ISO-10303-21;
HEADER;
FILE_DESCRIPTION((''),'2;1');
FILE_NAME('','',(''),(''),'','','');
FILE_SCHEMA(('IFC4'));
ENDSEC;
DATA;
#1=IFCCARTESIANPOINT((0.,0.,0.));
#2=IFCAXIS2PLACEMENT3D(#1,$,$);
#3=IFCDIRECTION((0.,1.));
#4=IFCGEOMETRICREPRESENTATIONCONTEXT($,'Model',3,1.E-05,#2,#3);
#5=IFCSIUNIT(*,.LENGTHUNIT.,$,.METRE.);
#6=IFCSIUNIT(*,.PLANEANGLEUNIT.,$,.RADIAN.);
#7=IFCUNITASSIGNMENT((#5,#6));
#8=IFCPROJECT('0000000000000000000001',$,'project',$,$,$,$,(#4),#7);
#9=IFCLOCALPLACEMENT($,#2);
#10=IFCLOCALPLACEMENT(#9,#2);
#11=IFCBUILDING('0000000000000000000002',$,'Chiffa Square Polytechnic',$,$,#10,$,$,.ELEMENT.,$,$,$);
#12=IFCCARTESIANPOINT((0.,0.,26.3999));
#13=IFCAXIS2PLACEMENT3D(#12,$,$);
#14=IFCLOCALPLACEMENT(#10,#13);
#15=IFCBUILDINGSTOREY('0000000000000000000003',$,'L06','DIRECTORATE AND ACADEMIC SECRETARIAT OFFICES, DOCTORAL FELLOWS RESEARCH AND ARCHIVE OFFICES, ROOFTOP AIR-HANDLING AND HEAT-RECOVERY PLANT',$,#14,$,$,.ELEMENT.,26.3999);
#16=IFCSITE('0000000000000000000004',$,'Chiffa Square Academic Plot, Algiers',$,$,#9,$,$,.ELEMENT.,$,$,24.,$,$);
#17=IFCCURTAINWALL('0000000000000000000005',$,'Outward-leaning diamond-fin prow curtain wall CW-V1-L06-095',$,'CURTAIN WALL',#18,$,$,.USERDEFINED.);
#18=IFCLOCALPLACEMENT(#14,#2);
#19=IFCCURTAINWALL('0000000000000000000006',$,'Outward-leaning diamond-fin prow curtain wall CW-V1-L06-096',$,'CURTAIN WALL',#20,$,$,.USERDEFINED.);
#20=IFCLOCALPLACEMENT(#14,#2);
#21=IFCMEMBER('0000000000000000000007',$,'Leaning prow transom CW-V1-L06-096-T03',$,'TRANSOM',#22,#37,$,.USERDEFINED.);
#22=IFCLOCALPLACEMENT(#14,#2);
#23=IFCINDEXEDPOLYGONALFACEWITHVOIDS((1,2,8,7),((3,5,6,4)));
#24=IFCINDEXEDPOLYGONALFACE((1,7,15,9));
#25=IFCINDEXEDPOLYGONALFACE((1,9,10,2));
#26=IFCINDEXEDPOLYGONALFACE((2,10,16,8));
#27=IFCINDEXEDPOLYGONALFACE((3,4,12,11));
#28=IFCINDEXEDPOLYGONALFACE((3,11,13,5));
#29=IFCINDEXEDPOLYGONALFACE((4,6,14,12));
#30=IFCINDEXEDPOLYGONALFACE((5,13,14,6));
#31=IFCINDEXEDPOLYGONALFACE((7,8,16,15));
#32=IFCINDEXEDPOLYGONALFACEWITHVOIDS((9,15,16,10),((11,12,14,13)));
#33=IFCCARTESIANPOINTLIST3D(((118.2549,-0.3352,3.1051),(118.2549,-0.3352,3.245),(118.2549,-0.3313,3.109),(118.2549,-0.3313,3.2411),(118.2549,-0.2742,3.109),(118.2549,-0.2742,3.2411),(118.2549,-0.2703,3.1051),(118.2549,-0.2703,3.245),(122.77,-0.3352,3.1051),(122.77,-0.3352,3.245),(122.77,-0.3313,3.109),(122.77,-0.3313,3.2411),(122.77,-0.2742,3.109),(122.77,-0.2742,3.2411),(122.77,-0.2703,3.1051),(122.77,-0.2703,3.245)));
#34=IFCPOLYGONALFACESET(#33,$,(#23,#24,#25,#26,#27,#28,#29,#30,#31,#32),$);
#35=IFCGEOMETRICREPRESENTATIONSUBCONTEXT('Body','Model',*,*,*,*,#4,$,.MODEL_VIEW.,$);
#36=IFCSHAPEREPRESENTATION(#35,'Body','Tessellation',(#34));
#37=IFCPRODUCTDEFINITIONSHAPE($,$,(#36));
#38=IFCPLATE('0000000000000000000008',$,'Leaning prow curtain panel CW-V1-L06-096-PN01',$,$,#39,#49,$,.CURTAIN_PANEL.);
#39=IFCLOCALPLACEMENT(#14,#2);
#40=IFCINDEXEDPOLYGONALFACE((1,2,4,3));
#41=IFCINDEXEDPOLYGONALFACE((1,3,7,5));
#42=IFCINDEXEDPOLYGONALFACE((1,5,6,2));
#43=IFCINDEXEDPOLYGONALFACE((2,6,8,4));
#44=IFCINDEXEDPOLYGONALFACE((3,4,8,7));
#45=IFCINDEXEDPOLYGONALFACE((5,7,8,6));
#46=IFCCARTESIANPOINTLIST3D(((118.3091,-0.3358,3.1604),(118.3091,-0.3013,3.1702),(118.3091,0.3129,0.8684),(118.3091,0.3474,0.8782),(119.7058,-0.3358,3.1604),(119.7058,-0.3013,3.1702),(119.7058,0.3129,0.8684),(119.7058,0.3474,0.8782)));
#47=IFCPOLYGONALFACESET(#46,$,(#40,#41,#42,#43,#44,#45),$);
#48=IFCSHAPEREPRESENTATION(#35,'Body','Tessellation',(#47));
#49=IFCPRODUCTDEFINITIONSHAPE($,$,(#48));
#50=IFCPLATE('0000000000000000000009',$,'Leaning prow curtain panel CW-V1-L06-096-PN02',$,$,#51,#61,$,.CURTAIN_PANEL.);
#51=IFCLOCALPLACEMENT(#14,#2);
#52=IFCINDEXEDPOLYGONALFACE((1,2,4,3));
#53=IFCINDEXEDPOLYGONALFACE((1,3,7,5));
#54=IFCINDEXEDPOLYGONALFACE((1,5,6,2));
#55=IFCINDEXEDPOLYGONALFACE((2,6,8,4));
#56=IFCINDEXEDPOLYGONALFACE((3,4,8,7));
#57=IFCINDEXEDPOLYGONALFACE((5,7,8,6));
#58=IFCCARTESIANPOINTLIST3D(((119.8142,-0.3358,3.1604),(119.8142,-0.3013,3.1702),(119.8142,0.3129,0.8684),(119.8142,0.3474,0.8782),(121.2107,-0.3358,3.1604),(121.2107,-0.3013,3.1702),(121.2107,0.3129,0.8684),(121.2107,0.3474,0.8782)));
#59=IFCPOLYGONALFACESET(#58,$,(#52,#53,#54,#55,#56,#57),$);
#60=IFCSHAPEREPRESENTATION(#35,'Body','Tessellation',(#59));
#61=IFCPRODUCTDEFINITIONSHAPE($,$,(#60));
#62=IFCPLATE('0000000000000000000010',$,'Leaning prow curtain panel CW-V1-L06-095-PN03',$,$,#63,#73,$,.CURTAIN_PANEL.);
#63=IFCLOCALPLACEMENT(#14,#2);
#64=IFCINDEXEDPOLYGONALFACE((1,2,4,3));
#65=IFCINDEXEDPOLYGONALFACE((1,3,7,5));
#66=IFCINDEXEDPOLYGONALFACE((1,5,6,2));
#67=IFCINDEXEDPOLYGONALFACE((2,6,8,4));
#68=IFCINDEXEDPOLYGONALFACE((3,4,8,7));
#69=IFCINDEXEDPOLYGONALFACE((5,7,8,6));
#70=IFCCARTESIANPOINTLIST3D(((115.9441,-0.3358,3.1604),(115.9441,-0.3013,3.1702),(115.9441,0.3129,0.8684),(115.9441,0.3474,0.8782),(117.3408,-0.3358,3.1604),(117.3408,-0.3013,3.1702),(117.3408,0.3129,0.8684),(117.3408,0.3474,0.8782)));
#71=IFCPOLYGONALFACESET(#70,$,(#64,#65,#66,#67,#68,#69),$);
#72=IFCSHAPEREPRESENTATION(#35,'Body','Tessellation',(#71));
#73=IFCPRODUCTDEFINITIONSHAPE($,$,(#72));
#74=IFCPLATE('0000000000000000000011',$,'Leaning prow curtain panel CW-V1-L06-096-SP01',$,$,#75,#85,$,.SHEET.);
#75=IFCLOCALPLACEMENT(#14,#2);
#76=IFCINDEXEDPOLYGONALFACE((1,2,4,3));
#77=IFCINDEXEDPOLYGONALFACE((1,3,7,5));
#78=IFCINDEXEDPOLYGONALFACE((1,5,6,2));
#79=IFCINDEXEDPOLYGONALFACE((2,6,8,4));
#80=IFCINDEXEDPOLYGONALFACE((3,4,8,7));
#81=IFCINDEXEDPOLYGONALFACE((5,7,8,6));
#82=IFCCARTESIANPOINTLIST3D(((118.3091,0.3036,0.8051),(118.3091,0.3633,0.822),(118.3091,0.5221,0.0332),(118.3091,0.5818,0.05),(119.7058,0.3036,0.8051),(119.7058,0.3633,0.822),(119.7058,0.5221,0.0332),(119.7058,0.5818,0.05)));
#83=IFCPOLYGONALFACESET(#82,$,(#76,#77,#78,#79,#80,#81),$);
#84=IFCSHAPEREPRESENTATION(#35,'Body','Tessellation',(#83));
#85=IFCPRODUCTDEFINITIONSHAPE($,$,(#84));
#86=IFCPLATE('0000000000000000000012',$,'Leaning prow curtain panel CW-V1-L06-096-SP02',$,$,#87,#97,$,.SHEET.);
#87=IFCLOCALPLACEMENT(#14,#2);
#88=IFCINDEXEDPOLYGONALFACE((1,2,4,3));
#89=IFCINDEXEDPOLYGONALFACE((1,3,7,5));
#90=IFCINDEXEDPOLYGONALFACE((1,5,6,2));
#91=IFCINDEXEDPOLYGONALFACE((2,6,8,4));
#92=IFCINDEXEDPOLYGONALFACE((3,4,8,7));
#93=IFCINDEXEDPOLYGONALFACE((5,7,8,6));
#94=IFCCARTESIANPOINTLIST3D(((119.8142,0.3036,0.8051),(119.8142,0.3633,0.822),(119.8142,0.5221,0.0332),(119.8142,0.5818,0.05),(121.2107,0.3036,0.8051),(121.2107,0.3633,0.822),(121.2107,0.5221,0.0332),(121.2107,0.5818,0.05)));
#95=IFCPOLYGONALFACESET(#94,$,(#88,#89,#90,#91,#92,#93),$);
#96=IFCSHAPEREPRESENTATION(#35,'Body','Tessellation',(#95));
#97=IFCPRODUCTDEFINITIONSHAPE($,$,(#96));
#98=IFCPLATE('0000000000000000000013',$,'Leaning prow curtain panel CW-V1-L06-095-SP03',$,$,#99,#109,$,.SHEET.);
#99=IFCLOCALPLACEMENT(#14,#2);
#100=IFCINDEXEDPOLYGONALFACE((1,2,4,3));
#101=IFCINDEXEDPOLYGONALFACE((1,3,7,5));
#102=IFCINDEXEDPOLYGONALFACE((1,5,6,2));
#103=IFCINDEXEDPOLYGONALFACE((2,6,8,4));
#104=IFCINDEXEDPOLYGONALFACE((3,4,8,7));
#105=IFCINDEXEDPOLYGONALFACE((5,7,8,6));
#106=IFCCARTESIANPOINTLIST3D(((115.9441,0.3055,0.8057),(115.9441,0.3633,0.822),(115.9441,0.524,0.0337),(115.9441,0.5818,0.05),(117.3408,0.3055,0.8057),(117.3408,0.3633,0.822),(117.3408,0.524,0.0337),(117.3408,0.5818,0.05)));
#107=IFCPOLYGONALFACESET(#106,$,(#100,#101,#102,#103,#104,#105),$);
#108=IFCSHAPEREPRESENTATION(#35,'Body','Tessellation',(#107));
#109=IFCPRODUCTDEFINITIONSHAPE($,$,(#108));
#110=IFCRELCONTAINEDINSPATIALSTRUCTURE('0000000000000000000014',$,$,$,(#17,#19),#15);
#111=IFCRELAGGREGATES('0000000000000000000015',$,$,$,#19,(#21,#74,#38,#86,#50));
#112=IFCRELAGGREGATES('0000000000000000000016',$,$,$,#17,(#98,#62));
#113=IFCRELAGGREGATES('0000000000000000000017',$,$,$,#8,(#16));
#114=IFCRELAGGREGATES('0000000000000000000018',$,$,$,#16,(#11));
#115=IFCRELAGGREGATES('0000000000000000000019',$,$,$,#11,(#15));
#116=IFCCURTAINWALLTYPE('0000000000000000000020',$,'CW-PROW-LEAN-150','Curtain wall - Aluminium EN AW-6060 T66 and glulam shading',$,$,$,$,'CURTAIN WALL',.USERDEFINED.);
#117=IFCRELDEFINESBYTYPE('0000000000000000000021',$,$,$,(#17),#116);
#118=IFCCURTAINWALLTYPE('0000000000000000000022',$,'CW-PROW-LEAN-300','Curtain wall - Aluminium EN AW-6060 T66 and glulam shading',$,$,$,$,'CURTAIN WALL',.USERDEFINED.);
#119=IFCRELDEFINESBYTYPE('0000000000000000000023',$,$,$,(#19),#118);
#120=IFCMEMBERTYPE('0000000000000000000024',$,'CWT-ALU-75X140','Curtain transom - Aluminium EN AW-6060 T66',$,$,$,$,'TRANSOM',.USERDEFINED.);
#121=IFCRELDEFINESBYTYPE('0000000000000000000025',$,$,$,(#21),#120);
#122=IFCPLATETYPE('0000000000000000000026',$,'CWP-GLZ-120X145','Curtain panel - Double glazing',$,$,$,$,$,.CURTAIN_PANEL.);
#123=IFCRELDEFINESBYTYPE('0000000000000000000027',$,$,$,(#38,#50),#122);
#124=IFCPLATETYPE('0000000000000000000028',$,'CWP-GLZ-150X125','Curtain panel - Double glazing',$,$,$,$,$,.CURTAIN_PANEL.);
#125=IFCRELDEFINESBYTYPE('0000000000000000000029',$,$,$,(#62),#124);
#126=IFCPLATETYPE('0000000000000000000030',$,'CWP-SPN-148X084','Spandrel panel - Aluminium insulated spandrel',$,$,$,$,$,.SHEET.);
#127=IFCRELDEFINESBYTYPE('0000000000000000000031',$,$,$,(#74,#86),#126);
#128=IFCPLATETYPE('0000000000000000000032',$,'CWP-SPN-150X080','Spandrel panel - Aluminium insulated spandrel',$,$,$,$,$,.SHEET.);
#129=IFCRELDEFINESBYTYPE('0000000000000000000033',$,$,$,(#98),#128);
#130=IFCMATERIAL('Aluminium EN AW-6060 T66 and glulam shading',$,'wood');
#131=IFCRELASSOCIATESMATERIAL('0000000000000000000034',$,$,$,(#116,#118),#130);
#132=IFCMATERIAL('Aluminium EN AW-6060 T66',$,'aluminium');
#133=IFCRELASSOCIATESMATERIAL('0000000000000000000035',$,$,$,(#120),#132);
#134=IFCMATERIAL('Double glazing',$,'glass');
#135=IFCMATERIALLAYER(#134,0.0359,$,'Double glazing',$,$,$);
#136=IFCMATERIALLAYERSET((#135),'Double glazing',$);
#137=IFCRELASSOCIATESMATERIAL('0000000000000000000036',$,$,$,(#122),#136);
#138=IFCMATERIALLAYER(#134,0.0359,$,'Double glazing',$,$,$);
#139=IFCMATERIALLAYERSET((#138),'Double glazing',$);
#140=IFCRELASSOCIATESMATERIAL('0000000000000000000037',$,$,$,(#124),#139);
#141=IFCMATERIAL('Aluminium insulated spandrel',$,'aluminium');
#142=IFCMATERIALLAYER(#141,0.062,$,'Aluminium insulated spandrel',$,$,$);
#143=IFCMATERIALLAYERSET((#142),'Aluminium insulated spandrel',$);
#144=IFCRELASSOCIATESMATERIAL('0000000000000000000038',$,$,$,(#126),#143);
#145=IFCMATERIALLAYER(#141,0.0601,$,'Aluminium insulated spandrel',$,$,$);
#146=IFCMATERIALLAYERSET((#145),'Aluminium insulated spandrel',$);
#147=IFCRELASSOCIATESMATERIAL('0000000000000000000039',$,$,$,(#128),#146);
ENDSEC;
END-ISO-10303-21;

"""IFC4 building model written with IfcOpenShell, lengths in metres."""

from ifc_helpers import new_model, si_unit, direction, frame, origin, origin_2d, place, context, subcontext, project, spatial, polyline, hollow_rectangle, outline, extrude, material, layer, layer_set, material_profile, profile_set, type_object, element, aggregate, save


model = new_model("IFC4")

# Units and contexts
model_context = context("Model", 3, precision=1e-05, world=origin(), true_north=direction((0.0, 1.0)))
body_context = subcontext(model_context, "Body", "Model", "MODEL_VIEW")
ifc_project = project(units=[si_unit("LENGTHUNIT", "METRE"), si_unit("PLANEANGLEUNIT", "RADIAN")], contexts=[model_context])

# Site, building, storey
site_placement = place(None, origin())
site = spatial("IfcSite", under=ifc_project, at=site_placement, Name="Chiffa Square Academic Plot, Algiers", CompositionType="ELEMENT", RefElevation=24.0)
building_placement = place(site_placement, origin())
building = spatial("IfcBuilding", under=site, at=building_placement, Name="Chiffa Square Polytechnic", CompositionType="ELEMENT")
storey_placement = place(building_placement, frame((0.0, 0.0, 26.3999)))
storey = spatial("IfcBuildingStorey", under=building, at=storey_placement, Name="L06", Description="DIRECTORATE AND ACADEMIC SECRETARIAT OFFICES, DOCTORAL FELLOWS RESEARCH AND ARCHIVE OFFICES, ROOFTOP AIR-HANDLING AND HEAT-RECOVERY PLANT", CompositionType="ELEMENT", Elevation=26.3999)

# Curtain wall
ifc_material_1 = material(Name="Aluminium EN AW-6060 T66 and glulam shading", Category="wood")
curtain_wall_type_1 = type_object("IfcCurtainWallType", Name="CW-PROW-LEAN-150", Description="Curtain wall - Aluminium EN AW-6060 T66 and glulam shading", ElementType="CURTAIN WALL", PredefinedType="USERDEFINED", material=ifc_material_1)
curtain_wall_1_placement = place(storey_placement, origin())
curtain_wall_1 = element("IfcCurtainWall", 1, at=curtain_wall_1_placement, inside=storey, type_object=curtain_wall_type_1, Name="Outward-leaning diamond-fin prow curtain wall CW-V1-L06-095", ObjectType="CURTAIN WALL", PredefinedType="USERDEFINED")

# Curtain wall, member, plates
curtain_wall_type_2 = type_object("IfcCurtainWallType", Name="CW-PROW-LEAN-300", Description="Curtain wall - Aluminium EN AW-6060 T66 and glulam shading", ElementType="CURTAIN WALL", PredefinedType="USERDEFINED", material=ifc_material_1)
curtain_wall_2_placement = place(storey_placement, origin())
curtain_wall_2 = element("IfcCurtainWall", 2, at=curtain_wall_2_placement, inside=storey, type_object=curtain_wall_type_2, Name="Outward-leaning diamond-fin prow curtain wall CW-V1-L06-096", ObjectType="CURTAIN WALL", PredefinedType="USERDEFINED")
ifc_material_2 = material(Name="Aluminium EN AW-6060 T66", Category="aluminium")
ifc_material_profile_1 = material_profile(ifc_material_2, hollow_rectangle(XDim=0.0649, YDim=0.1399, WallThickness=0.0039, at=origin_2d()), Name="ALU 65x140x4")
ifc_profile_set_1 = profile_set([ifc_material_profile_1], Name="Aluminium EN AW-6060 T66")
member_type_1 = type_object("IfcMemberType", Name="CWT-ALU-75X140", Description="Curtain transom - Aluminium EN AW-6060 T66", ElementType="TRANSOM", PredefinedType="USERDEFINED", material=ifc_profile_set_1)
member_1_placement = place(storey_placement, frame((118.2549, -0.3027, 3.175), z_axis=(1.0, 0.0, 0.0), x_axis=(0.0, 1.0, 0.0)))
member_1 = element("IfcMember", 3, at=member_1_placement, type_object=member_type_1, Name="Leaning prow transom CW-V1-L06-096-T03", ObjectType="TRANSOM", PredefinedType="USERDEFINED", context=body_context, shape_type="SweptSolid", body=[
    extrude(hollow_rectangle(XDim=0.0649, YDim=0.1399, WallThickness=0.0039, at=origin_2d()), origin(), (0.0, 0.0, 1.0), 4.5151),
])
ifc_material_3 = material(Name="Double glazing", Category="glass")
ifc_layer_1 = layer(ifc_material_3, 0.0359, Name="Double glazing")
ifc_layer_set_1 = layer_set([ifc_layer_1], Name="Double glazing")
plate_type_1 = type_object("IfcPlateType", Name="CWP-GLZ-120X145", Description="Curtain panel - Double glazing", PredefinedType="CURTAIN_PANEL", material=ifc_layer_set_1)
plate_1_placement = place(storey_placement, frame((118.3091, 0.3474, 0.8782), z_axis=(0.0, 0.962206, 0.272324), x_axis=(1.0, 0.0, 0.0)))
plate_1 = element("IfcPlate", 4, at=plate_1_placement, type_object=plate_type_1, Name="Leaning prow curtain panel CW-V1-L06-096-PN01", PredefinedType="CURTAIN_PANEL", context=body_context, shape_type="SweptSolid", body=[
    extrude(outline(polyline([(0.0, 0.0), (1.3967, 0.0), (1.3967, -2.382), (0.0, -2.382), (0.0, 0.0)])), origin(), (0.0, 0.0, -1.0), 0.0359),
])
plate_2_placement = place(storey_placement, frame((119.8142, 0.3474, 0.8782), z_axis=(0.0, 0.962206, 0.272324), x_axis=(1.0, 0.0, 0.0)))
plate_2 = element("IfcPlate", 5, at=plate_2_placement, type_object=plate_type_1, Name="Leaning prow curtain panel CW-V1-L06-096-PN02", PredefinedType="CURTAIN_PANEL", context=body_context, shape_type="SweptSolid", body=[
    extrude(outline(polyline([(0.0, 0.0), (1.3965, 0.0), (1.3965, -2.382), (0.0, -2.382), (0.0, 0.0)])), origin(), (0.0, 0.0, -1.0), 0.0359),
])

# Plates
ifc_layer_2 = layer(ifc_material_3, 0.0359, Name="Double glazing")
ifc_layer_set_2 = layer_set([ifc_layer_2], Name="Double glazing")
plate_type_2 = type_object("IfcPlateType", Name="CWP-GLZ-150X125", Description="Curtain panel - Double glazing", PredefinedType="CURTAIN_PANEL", material=ifc_layer_set_2)
plate_3_placement = place(storey_placement, frame((115.9441, 0.3474, 0.8782), z_axis=(0.0, 0.962206, 0.272324), x_axis=(1.0, 0.0, 0.0)))
plate_3 = element("IfcPlate", 6, at=plate_3_placement, type_object=plate_type_2, Name="Leaning prow curtain panel CW-V1-L06-095-PN03", PredefinedType="CURTAIN_PANEL", context=body_context, shape_type="SweptSolid", body=[
    extrude(outline(polyline([(0.0, 0.0), (1.3967, 0.0), (1.3967, -2.382), (0.0, -2.382), (0.0, 0.0)])), origin(), (0.0, 0.0, -1.0), 0.0359),
])
ifc_material_4 = material(Name="Aluminium insulated spandrel", Category="aluminium")
ifc_layer_3 = layer(ifc_material_4, 0.062, Name="Aluminium insulated spandrel")
ifc_layer_set_3 = layer_set([ifc_layer_3], Name="Aluminium insulated spandrel")
plate_type_3 = type_object("IfcPlateType", Name="CWP-SPN-148X084", Description="Spandrel panel - Aluminium insulated spandrel", PredefinedType="SHEET", material=ifc_layer_set_3)
plate_4_placement = place(storey_placement, frame((118.3091, 0.5818, 0.05), z_axis=(0.0, 0.962199, 0.272349), x_axis=(1.0, 0.0, 0.0)))
plate_4 = element("IfcPlate", 7, at=plate_4_placement, type_object=plate_type_3, Name="Leaning prow curtain panel CW-V1-L06-096-SP01", PredefinedType="SHEET", context=body_context, shape_type="SweptSolid", body=[
    extrude(outline(polyline([(0.0, 0.0), (1.3967, 0.0), (1.3967, -0.8023), (0.0, -0.8023), (0.0, 0.0)])), origin(), (0.0, 0.0, -1.0), 0.062),
])
plate_5_placement = place(storey_placement, frame((119.8142, 0.5818, 0.05), z_axis=(0.0, 0.962199, 0.272349), x_axis=(1.0, 0.0, 0.0)))
plate_5 = element("IfcPlate", 8, at=plate_5_placement, type_object=plate_type_3, Name="Leaning prow curtain panel CW-V1-L06-096-SP02", PredefinedType="SHEET", context=body_context, shape_type="SweptSolid", body=[
    extrude(outline(polyline([(0.0, 0.0), (1.3965, 0.0), (1.3965, -0.8023), (0.0, -0.8023), (0.0, 0.0)])), origin(), (0.0, 0.0, -1.0), 0.062),
])
aggregate(curtain_wall_2, [member_1, plate_4, plate_1, plate_5, plate_2])
ifc_layer_4 = layer(ifc_material_4, 0.0601, Name="Aluminium insulated spandrel")
ifc_layer_set_4 = layer_set([ifc_layer_4], Name="Aluminium insulated spandrel")
plate_type_4 = type_object("IfcPlateType", Name="CWP-SPN-150X080", Description="Spandrel panel - Aluminium insulated spandrel", PredefinedType="SHEET", material=ifc_layer_set_4)
plate_6_placement = place(storey_placement, frame((115.9441, 0.5818, 0.05), z_axis=(0.0, 0.962199, 0.272349), x_axis=(1.0, 0.0, 0.0)))
plate_6 = element("IfcPlate", 9, at=plate_6_placement, type_object=plate_type_4, Name="Leaning prow curtain panel CW-V1-L06-095-SP03", PredefinedType="SHEET", context=body_context, shape_type="SweptSolid", body=[
    extrude(outline(polyline([(0.0, 0.0), (1.3967, 0.0), (1.3967, -0.8023), (0.0, -0.8023), (0.0, 0.0)])), origin(), (0.0, 0.0, -1.0), 0.0601),
])
aggregate(curtain_wall_1, [plate_6, plate_3])

save(model, "model.ifc")
